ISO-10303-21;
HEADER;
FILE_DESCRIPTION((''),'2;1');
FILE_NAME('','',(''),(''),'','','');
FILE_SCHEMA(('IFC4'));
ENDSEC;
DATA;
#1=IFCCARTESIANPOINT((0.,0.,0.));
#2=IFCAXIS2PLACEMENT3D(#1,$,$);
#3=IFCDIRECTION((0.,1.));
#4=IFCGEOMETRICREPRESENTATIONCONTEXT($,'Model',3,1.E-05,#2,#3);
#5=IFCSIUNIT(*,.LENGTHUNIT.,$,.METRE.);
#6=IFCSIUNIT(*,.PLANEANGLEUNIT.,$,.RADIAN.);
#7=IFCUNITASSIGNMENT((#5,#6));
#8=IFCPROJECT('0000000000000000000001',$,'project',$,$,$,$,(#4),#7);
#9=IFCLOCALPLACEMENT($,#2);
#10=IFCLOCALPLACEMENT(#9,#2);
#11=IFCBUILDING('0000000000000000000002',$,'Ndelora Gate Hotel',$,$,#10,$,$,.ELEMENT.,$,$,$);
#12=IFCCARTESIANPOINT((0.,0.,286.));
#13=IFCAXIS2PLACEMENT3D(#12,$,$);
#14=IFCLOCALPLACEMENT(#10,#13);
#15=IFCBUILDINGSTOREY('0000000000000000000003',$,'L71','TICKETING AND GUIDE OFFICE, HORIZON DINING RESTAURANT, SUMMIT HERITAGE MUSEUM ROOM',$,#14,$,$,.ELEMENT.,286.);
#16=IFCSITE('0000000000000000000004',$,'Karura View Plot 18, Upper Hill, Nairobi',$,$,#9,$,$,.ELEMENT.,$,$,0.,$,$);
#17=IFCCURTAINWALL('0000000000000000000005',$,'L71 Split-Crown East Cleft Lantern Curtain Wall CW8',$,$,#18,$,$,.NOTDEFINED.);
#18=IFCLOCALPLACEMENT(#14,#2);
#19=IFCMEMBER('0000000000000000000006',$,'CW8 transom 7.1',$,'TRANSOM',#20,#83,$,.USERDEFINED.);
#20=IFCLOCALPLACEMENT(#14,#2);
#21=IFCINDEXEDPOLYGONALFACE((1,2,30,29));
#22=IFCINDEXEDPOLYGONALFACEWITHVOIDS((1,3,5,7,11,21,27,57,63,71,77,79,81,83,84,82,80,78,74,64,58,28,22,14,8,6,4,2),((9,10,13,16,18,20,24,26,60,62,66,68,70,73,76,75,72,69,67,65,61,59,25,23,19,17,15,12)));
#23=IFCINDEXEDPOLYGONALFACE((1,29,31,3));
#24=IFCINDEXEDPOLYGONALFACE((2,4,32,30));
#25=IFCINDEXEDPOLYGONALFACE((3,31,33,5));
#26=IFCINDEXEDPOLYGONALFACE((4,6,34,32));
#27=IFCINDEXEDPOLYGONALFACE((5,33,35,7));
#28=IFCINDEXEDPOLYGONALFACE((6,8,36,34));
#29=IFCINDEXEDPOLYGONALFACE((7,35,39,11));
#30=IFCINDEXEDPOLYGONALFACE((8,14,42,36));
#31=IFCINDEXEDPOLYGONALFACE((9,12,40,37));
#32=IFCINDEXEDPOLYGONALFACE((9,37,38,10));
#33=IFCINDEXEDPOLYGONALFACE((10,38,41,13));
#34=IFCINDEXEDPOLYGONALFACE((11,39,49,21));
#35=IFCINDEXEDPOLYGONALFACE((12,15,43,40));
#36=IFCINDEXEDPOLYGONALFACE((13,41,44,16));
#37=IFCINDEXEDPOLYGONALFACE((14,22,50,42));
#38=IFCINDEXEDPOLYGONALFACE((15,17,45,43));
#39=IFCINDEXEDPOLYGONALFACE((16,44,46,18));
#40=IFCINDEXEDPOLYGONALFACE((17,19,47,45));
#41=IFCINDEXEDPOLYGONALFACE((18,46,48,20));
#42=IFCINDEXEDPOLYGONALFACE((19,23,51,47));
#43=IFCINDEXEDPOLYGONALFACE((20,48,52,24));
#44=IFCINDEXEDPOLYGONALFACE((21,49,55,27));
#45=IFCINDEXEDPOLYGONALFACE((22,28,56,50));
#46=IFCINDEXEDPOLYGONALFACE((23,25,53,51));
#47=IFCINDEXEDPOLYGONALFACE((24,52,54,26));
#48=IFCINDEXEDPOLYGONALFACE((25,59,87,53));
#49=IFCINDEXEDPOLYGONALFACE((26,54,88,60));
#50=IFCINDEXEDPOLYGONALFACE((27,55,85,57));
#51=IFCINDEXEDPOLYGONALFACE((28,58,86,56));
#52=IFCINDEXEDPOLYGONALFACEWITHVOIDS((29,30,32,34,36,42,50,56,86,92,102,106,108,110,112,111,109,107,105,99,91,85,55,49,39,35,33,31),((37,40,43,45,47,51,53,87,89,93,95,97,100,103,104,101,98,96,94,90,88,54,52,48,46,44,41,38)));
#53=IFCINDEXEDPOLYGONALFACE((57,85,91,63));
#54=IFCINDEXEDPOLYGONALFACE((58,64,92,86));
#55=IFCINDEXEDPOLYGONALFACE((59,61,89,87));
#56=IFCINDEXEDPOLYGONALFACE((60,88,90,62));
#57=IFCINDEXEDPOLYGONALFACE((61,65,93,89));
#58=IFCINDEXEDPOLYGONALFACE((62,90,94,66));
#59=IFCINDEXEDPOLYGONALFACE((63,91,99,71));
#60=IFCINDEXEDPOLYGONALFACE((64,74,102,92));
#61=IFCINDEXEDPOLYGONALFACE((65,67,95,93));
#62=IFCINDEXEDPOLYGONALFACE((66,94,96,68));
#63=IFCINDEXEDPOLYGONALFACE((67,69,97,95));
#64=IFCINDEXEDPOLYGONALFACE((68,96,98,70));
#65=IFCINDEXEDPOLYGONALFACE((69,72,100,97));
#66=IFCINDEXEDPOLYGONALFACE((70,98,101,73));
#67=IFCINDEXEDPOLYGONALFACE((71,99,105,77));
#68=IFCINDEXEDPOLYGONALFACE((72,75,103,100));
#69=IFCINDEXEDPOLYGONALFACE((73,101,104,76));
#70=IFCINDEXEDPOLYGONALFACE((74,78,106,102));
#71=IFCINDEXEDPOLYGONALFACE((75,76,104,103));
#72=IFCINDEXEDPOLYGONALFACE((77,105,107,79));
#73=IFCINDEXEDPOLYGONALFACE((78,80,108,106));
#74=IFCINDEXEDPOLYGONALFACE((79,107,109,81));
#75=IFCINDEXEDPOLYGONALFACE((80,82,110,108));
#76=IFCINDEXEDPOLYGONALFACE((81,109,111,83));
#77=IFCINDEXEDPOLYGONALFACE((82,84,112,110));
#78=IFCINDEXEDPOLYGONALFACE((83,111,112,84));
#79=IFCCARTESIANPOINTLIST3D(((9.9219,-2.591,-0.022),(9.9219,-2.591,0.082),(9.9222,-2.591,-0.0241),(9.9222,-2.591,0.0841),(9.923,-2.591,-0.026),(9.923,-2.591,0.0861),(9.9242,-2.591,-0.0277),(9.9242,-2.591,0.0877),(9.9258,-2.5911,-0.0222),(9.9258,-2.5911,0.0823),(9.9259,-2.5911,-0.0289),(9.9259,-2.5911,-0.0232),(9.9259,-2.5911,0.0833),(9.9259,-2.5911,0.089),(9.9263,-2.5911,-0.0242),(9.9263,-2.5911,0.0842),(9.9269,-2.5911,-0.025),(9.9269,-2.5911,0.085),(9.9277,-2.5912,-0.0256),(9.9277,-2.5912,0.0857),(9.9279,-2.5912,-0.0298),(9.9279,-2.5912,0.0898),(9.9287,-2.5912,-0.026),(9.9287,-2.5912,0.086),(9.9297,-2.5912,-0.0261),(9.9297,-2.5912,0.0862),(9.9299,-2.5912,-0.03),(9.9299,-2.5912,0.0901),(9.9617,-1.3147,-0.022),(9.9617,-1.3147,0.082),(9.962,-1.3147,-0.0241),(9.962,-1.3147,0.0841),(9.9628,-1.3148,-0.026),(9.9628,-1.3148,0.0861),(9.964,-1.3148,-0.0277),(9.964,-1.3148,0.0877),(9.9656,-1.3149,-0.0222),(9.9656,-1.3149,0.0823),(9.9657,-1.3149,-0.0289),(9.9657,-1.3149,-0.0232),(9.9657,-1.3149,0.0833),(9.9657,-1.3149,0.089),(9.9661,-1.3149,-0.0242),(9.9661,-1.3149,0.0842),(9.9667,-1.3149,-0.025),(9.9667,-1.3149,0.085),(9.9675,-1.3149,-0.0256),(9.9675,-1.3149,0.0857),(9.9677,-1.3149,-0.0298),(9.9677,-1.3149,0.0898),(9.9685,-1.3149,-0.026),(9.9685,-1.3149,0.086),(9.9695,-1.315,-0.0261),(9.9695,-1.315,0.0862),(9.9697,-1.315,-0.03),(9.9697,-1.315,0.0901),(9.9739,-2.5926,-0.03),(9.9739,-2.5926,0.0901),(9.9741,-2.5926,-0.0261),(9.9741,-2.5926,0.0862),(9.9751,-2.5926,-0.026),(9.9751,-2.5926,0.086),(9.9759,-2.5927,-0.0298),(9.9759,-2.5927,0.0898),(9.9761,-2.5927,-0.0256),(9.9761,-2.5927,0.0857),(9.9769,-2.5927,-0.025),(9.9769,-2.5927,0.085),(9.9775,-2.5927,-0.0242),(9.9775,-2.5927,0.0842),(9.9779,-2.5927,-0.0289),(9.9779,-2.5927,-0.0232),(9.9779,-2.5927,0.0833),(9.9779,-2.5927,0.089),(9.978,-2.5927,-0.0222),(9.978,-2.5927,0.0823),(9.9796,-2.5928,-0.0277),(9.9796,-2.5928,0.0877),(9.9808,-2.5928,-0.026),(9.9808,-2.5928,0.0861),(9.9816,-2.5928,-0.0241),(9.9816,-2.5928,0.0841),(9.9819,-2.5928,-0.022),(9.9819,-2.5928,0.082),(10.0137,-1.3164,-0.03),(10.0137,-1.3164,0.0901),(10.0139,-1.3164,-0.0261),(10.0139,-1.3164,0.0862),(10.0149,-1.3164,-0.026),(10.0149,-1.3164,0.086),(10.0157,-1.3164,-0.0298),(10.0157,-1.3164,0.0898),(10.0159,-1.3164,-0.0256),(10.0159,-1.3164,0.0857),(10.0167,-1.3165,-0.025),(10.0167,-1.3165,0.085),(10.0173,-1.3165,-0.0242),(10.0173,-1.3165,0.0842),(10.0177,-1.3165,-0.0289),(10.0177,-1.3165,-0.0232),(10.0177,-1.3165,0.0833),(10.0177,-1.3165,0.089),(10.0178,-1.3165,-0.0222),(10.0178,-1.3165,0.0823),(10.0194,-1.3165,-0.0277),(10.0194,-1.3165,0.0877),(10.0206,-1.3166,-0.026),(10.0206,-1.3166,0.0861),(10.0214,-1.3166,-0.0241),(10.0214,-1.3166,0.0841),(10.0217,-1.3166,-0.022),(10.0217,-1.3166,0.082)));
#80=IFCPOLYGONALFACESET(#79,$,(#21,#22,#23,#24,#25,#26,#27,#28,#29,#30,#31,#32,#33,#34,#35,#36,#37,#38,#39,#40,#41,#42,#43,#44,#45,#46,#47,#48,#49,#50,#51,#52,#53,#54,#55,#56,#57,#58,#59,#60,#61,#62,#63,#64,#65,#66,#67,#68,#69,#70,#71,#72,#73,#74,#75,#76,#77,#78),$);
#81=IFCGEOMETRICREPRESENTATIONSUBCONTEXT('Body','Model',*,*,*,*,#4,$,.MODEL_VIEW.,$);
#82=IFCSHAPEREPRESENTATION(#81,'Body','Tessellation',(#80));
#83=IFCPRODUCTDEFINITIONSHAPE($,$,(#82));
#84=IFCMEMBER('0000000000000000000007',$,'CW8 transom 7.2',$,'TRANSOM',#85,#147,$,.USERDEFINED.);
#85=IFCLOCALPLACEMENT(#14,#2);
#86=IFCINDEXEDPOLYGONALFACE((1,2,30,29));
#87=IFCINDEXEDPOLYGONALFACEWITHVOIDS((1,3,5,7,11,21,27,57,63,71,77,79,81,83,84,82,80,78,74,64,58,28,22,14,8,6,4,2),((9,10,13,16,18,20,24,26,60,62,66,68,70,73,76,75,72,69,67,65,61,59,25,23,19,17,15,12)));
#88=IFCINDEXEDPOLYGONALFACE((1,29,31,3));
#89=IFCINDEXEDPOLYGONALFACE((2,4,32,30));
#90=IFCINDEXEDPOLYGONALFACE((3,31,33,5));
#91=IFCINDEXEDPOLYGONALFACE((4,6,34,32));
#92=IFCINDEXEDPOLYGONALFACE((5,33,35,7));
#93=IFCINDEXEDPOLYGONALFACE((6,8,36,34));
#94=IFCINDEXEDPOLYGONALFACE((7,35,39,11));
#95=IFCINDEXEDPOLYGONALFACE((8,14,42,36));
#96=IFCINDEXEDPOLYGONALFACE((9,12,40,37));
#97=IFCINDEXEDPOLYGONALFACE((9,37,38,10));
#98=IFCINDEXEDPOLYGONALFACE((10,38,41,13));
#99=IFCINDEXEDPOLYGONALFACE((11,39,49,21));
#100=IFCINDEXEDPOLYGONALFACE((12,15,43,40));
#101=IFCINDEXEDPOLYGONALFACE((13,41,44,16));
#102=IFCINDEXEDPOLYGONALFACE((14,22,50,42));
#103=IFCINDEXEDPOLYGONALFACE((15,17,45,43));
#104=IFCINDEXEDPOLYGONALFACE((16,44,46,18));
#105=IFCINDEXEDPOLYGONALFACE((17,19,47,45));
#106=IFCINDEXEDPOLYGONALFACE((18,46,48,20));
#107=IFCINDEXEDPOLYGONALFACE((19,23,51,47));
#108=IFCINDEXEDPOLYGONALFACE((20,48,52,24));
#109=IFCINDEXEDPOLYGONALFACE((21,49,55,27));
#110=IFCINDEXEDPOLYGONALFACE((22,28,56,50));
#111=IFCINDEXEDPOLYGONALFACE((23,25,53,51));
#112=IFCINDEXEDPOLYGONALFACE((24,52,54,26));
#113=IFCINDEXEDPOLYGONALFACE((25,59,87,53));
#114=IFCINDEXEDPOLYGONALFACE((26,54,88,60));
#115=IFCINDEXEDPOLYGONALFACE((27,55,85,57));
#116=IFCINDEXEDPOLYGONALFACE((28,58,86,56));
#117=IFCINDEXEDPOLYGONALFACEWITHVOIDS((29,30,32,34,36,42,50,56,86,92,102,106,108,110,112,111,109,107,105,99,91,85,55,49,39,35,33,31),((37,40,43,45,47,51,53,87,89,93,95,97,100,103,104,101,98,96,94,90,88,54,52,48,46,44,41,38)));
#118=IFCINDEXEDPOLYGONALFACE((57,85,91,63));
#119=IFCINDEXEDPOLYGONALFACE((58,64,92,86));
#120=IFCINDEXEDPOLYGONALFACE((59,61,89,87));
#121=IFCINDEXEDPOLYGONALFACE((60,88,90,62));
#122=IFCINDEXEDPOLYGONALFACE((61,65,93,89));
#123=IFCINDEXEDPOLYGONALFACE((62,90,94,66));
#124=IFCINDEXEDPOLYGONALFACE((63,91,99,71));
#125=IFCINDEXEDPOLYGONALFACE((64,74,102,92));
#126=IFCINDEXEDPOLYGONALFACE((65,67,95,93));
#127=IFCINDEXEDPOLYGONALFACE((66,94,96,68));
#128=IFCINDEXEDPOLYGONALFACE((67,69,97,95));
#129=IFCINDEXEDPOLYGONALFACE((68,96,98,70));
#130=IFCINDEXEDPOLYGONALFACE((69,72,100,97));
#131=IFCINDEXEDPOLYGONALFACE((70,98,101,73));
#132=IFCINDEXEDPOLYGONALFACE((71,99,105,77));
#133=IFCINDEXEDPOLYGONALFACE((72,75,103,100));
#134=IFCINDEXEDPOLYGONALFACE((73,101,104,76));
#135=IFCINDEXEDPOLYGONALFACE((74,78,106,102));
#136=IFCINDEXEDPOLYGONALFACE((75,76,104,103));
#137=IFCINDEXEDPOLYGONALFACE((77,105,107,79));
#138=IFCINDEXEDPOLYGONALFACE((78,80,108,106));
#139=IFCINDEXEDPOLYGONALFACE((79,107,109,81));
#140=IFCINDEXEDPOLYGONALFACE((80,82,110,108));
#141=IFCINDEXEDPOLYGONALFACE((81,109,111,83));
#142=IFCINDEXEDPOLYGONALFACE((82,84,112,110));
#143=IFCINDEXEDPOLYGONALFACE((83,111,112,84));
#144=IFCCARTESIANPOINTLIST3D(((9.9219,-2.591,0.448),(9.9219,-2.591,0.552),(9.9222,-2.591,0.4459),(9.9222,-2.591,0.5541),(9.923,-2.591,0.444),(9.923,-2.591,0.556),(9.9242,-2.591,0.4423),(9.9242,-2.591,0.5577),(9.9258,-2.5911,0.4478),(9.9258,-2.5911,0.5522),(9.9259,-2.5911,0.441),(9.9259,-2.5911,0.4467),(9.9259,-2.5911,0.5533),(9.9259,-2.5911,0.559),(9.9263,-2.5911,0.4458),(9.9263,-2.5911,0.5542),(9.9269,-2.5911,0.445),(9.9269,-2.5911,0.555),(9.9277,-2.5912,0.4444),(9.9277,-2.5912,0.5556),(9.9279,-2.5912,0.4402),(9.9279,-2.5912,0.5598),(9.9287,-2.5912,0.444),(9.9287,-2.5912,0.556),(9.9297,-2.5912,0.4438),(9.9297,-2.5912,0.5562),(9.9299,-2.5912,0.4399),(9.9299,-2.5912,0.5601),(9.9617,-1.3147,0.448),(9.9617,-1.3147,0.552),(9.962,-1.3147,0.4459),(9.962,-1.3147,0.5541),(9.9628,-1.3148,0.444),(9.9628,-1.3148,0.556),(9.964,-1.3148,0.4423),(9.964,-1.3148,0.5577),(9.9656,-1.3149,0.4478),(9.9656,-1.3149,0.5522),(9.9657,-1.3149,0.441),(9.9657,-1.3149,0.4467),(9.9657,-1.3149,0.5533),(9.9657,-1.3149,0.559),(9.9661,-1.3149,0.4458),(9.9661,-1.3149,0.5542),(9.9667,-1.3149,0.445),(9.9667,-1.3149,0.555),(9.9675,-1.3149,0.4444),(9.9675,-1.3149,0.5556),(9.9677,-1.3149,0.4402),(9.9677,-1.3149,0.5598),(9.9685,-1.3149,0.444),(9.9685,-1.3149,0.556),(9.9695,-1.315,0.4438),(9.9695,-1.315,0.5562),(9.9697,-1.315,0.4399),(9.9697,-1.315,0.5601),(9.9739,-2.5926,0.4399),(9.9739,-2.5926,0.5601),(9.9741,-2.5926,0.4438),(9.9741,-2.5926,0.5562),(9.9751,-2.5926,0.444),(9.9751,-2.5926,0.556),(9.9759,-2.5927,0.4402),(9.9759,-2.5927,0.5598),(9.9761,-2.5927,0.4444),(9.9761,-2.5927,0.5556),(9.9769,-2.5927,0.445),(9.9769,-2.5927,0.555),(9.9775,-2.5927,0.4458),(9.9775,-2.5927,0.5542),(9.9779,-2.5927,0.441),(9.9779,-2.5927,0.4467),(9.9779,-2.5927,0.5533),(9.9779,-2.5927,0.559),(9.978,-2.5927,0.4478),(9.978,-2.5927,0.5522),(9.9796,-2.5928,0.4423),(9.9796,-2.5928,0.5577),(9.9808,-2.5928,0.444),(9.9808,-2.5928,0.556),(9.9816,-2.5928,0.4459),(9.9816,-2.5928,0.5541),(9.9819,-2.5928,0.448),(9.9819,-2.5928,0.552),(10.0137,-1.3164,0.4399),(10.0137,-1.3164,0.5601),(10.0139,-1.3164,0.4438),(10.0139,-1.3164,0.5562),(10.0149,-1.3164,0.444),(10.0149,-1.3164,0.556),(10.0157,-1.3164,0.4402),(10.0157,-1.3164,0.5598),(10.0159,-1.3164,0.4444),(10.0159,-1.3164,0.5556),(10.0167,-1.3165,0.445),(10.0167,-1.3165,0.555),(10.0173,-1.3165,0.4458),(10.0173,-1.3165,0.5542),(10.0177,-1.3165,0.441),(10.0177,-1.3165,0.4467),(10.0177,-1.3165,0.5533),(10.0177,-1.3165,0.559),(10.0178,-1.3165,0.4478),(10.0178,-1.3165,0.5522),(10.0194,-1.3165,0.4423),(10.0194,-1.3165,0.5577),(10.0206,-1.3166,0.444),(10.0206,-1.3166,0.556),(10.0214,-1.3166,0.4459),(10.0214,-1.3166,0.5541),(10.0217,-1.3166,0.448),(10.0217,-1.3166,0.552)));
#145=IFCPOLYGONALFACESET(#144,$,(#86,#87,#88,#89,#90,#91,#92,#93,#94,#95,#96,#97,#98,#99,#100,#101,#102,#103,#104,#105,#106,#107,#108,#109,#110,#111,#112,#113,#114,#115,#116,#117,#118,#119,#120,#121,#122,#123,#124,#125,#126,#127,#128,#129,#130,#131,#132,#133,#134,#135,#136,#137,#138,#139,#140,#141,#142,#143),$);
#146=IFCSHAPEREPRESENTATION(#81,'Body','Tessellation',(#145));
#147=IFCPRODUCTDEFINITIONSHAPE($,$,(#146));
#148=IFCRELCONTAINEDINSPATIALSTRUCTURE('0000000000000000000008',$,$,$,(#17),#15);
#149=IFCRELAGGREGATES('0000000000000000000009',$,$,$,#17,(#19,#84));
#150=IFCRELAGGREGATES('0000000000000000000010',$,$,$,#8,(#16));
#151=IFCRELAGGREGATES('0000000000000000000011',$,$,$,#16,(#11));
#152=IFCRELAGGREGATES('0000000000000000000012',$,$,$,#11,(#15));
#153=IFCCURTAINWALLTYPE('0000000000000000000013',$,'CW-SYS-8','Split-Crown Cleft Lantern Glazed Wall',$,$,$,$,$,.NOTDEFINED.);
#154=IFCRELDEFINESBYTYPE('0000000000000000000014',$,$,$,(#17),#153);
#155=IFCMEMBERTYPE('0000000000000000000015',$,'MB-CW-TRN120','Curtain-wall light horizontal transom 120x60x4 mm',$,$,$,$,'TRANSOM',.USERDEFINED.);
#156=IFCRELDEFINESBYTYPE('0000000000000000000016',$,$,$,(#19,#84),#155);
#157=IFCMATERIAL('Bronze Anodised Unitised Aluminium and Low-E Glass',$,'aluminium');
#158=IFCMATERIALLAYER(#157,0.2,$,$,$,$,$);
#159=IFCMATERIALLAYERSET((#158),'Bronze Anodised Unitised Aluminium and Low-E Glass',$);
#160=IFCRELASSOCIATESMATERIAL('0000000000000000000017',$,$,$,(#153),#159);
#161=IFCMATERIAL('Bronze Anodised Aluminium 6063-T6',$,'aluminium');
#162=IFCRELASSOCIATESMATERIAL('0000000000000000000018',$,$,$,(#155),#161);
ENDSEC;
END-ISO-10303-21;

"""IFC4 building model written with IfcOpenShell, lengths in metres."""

from ifc_helpers import new_model, si_unit, direction, frame, origin, origin_2d, place, context, subcontext, project, spatial, hollow_rectangle, extrude, material, layer, layer_set, material_profile, profile_set, type_object, element, aggregate, save


model = new_model("IFC4")

# Units and contexts
model_context = context("Model", 3, precision=1e-05, world=origin(), true_north=direction((0.0, 1.0)))
body_context = subcontext(model_context, "Body", "Model", "MODEL_VIEW")
ifc_project = project(units=[si_unit("LENGTHUNIT", "METRE"), si_unit("PLANEANGLEUNIT", "RADIAN")], contexts=[model_context])

# Site, building, storey
site_placement = place(None, origin())
site = spatial("IfcSite", under=ifc_project, at=site_placement, Name="Karura View Plot 18, Upper Hill, Nairobi", CompositionType="ELEMENT", RefElevation=0.0)
building_placement = place(site_placement, origin())
building = spatial("IfcBuilding", under=site, at=building_placement, Name="Ndelora Gate Hotel", CompositionType="ELEMENT")
storey_placement = place(building_placement, frame((0.0, 0.0, 286.0)))
storey = spatial("IfcBuildingStorey", under=building, at=storey_placement, Name="L71", Description="TICKETING AND GUIDE OFFICE, HORIZON DINING RESTAURANT, SUMMIT HERITAGE MUSEUM ROOM", CompositionType="ELEMENT", Elevation=286.0)

# Shared definitions
ifc_material_1 = material(Name="Bronze Anodised Unitised Aluminium and Low-E Glass", Category="aluminium")
ifc_layer_1 = layer(ifc_material_1, 0.2)
ifc_layer_set_1 = layer_set([ifc_layer_1], Name="Bronze Anodised Unitised Aluminium and Low-E Glass")
curtain_wall_type = type_object("IfcCurtainWallType", Name="CW-SYS-8", Description="Split-Crown Cleft Lantern Glazed Wall", PredefinedType="NOTDEFINED", material=ifc_layer_set_1)
ifc_material_2 = material(Name="Bronze Anodised Aluminium 6063-T6", Category="aluminium")

# Curtain wall, members
curtain_wall_1_placement = place(storey_placement, origin())
curtain_wall_1 = element("IfcCurtainWall", 1, at=curtain_wall_1_placement, inside=storey, type_object=curtain_wall_type, Name="L71 Split-Crown East Cleft Lantern Curtain Wall CW8", PredefinedType="NOTDEFINED")
ifc_material_profile_1 = material_profile(ifc_material_2, hollow_rectangle(XDim=0.0601, YDim=0.1201, WallThickness=0.0039, InnerFilletRadius=0.0039, OuterFilletRadius=0.0081, at=origin_2d()), Name="ALU 120x60x4")
ifc_profile_set_1 = profile_set([ifc_material_profile_1], Name="Bronze Anodised Aluminium 6063-T6")
member_type_1 = type_object("IfcMemberType", Name="MB-CW-TRN120", Description="Curtain-wall light horizontal transom 120x60x4 mm", ElementType="TRANSOM", PredefinedType="USERDEFINED", material=ifc_profile_set_1)
member_1_placement = place(storey_placement, frame((9.9917, -1.3157, 0.03), z_axis=(-0.031169, -0.999514, 0.0), x_axis=(0.999514, -0.031169, 0.0)))
member_1 = element("IfcMember", 2, at=member_1_placement, type_object=member_type_1, Name="CW8 transom 7.1", ObjectType="TRANSOM", PredefinedType="USERDEFINED", context=body_context, shape_type="SweptSolid", body=[
    extrude(hollow_rectangle(XDim=0.0601, YDim=0.1201, WallThickness=0.0039, InnerFilletRadius=0.0039, OuterFilletRadius=0.0081, at=origin_2d()), origin(), (0.0, 0.0, 1.0), 1.2769),
])
member_2_placement = place(storey_placement, frame((9.9917, -1.3157, 0.5), z_axis=(-0.031169, -0.999514, 0.0), x_axis=(0.999514, -0.031169, 0.0)))
member_2 = element("IfcMember", 3, at=member_2_placement, type_object=member_type_1, Name="CW8 transom 7.2", ObjectType="TRANSOM", PredefinedType="USERDEFINED", context=body_context, shape_type="SweptSolid", body=[
    extrude(hollow_rectangle(XDim=0.0601, YDim=0.1201, WallThickness=0.0039, InnerFilletRadius=0.0039, OuterFilletRadius=0.0081, at=origin_2d()), origin(), (0.0, 0.0, 1.0), 1.2769),
])

aggregate(curtain_wall_1, [member_1, member_2])

save(model, "model.ifc")
